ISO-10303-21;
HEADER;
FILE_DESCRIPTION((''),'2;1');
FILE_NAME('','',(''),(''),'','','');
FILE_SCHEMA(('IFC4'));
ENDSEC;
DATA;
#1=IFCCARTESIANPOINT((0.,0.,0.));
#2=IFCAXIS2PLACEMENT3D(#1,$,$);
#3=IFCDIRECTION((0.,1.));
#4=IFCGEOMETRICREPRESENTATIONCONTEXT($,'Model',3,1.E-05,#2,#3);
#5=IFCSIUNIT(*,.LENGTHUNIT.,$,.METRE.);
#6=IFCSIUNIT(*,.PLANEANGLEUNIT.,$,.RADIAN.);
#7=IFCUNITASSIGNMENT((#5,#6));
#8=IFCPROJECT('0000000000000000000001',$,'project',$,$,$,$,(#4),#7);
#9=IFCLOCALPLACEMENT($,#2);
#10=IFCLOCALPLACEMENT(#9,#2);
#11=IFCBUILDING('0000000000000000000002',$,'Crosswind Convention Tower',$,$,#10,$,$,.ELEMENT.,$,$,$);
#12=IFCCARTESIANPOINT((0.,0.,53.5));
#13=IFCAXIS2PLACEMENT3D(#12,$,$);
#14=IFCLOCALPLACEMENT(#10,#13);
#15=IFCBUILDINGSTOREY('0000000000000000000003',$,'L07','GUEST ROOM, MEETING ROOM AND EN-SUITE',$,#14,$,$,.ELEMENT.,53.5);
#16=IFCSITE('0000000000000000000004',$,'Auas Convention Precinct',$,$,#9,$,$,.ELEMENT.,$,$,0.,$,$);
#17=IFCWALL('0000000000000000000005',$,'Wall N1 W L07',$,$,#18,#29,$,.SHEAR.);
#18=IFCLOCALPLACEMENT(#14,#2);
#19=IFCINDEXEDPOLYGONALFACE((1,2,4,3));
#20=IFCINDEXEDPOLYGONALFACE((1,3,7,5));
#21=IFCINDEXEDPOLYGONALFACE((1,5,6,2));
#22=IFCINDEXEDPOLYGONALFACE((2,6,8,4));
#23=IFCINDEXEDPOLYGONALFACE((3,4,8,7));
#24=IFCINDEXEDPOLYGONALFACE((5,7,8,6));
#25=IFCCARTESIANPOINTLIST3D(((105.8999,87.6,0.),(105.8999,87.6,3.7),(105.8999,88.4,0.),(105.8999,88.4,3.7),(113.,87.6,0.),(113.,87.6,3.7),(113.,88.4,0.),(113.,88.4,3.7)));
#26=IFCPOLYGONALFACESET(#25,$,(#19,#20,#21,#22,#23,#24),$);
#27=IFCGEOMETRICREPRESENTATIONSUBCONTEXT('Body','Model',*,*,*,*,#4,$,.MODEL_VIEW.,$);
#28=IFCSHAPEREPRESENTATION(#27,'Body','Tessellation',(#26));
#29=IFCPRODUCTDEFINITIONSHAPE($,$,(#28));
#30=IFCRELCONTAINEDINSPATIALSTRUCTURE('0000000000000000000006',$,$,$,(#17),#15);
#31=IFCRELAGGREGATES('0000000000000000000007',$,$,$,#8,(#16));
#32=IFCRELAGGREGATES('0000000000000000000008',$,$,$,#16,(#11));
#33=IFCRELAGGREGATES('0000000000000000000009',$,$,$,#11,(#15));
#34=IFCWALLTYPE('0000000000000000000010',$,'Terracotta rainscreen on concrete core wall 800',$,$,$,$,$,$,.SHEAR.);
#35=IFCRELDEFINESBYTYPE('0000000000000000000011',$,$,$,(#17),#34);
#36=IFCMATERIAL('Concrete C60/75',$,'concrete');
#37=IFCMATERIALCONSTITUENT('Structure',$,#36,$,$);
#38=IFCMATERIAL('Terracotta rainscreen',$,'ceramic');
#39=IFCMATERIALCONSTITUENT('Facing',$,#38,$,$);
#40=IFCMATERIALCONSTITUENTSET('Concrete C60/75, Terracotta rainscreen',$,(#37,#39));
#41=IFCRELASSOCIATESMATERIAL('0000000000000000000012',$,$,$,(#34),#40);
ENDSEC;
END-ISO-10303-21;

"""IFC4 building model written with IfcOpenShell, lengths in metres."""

from ifc_helpers import new_model, si_unit, direction, frame, frame_2d, origin, place, context, subcontext, project, spatial, rectangle, extrude, material, constituent, constituent_set, type_object, element, save


model = new_model("IFC4")

# Units and contexts
model_context = context("Model", 3, precision=1e-05, world=origin(), true_north=direction((0.0, 1.0)))
body_context = subcontext(model_context, "Body", "Model", "MODEL_VIEW")
ifc_project = project(units=[si_unit("LENGTHUNIT", "METRE"), si_unit("PLANEANGLEUNIT", "RADIAN")], contexts=[model_context])

# Site, building, storey
site_placement = place(None, origin())
site = spatial("IfcSite", under=ifc_project, at=site_placement, Name="Auas Convention Precinct", CompositionType="ELEMENT", RefElevation=0.0)
building_placement = place(site_placement, origin())
building = spatial("IfcBuilding", under=site, at=building_placement, Name="Crosswind Convention Tower", CompositionType="ELEMENT")
storey_placement = place(building_placement, frame((0.0, 0.0, 53.5)))
storey = spatial("IfcBuildingStorey", under=building, at=storey_placement, Name="L07", Description="GUEST ROOM, MEETING ROOM AND EN-SUITE", CompositionType="ELEMENT", Elevation=53.5)

# Wall
ifc_material_1 = material(Name="Concrete C60/75", Category="concrete")
ifc_constituent_1 = constituent(ifc_material_1, Name="Structure")
ifc_material_2 = material(Name="Terracotta rainscreen", Category="ceramic")
ifc_constituent_2 = constituent(ifc_material_2, Name="Facing")
ifc_constituent_set = constituent_set(constituents=[ifc_constituent_1, ifc_constituent_2], Name="Concrete C60/75, Terracotta rainscreen")
wall_type_1 = type_object("IfcWallType", Name="Terracotta rainscreen on concrete core wall 800", PredefinedType="SHEAR", material=ifc_constituent_set)
wall_1_placement = place(storey_placement, frame((113.0, 88.0, 0.0), z_axis=(0.0, 0.0, 1.0), x_axis=(-1.0, 0.0, 0.0)))
element("IfcWall", 1, at=wall_1_placement, inside=storey, type_object=wall_type_1, Name="Wall N1 W L07", PredefinedType="SHEAR", context=body_context, shape_type="SweptSolid", body=[
    extrude(rectangle(XDim=7.1001, YDim=0.8, at=frame_2d((3.55, 0.0))), origin(), (0.0, 0.0, 1.0), 3.7),
])

save(model, "model.ifc")
